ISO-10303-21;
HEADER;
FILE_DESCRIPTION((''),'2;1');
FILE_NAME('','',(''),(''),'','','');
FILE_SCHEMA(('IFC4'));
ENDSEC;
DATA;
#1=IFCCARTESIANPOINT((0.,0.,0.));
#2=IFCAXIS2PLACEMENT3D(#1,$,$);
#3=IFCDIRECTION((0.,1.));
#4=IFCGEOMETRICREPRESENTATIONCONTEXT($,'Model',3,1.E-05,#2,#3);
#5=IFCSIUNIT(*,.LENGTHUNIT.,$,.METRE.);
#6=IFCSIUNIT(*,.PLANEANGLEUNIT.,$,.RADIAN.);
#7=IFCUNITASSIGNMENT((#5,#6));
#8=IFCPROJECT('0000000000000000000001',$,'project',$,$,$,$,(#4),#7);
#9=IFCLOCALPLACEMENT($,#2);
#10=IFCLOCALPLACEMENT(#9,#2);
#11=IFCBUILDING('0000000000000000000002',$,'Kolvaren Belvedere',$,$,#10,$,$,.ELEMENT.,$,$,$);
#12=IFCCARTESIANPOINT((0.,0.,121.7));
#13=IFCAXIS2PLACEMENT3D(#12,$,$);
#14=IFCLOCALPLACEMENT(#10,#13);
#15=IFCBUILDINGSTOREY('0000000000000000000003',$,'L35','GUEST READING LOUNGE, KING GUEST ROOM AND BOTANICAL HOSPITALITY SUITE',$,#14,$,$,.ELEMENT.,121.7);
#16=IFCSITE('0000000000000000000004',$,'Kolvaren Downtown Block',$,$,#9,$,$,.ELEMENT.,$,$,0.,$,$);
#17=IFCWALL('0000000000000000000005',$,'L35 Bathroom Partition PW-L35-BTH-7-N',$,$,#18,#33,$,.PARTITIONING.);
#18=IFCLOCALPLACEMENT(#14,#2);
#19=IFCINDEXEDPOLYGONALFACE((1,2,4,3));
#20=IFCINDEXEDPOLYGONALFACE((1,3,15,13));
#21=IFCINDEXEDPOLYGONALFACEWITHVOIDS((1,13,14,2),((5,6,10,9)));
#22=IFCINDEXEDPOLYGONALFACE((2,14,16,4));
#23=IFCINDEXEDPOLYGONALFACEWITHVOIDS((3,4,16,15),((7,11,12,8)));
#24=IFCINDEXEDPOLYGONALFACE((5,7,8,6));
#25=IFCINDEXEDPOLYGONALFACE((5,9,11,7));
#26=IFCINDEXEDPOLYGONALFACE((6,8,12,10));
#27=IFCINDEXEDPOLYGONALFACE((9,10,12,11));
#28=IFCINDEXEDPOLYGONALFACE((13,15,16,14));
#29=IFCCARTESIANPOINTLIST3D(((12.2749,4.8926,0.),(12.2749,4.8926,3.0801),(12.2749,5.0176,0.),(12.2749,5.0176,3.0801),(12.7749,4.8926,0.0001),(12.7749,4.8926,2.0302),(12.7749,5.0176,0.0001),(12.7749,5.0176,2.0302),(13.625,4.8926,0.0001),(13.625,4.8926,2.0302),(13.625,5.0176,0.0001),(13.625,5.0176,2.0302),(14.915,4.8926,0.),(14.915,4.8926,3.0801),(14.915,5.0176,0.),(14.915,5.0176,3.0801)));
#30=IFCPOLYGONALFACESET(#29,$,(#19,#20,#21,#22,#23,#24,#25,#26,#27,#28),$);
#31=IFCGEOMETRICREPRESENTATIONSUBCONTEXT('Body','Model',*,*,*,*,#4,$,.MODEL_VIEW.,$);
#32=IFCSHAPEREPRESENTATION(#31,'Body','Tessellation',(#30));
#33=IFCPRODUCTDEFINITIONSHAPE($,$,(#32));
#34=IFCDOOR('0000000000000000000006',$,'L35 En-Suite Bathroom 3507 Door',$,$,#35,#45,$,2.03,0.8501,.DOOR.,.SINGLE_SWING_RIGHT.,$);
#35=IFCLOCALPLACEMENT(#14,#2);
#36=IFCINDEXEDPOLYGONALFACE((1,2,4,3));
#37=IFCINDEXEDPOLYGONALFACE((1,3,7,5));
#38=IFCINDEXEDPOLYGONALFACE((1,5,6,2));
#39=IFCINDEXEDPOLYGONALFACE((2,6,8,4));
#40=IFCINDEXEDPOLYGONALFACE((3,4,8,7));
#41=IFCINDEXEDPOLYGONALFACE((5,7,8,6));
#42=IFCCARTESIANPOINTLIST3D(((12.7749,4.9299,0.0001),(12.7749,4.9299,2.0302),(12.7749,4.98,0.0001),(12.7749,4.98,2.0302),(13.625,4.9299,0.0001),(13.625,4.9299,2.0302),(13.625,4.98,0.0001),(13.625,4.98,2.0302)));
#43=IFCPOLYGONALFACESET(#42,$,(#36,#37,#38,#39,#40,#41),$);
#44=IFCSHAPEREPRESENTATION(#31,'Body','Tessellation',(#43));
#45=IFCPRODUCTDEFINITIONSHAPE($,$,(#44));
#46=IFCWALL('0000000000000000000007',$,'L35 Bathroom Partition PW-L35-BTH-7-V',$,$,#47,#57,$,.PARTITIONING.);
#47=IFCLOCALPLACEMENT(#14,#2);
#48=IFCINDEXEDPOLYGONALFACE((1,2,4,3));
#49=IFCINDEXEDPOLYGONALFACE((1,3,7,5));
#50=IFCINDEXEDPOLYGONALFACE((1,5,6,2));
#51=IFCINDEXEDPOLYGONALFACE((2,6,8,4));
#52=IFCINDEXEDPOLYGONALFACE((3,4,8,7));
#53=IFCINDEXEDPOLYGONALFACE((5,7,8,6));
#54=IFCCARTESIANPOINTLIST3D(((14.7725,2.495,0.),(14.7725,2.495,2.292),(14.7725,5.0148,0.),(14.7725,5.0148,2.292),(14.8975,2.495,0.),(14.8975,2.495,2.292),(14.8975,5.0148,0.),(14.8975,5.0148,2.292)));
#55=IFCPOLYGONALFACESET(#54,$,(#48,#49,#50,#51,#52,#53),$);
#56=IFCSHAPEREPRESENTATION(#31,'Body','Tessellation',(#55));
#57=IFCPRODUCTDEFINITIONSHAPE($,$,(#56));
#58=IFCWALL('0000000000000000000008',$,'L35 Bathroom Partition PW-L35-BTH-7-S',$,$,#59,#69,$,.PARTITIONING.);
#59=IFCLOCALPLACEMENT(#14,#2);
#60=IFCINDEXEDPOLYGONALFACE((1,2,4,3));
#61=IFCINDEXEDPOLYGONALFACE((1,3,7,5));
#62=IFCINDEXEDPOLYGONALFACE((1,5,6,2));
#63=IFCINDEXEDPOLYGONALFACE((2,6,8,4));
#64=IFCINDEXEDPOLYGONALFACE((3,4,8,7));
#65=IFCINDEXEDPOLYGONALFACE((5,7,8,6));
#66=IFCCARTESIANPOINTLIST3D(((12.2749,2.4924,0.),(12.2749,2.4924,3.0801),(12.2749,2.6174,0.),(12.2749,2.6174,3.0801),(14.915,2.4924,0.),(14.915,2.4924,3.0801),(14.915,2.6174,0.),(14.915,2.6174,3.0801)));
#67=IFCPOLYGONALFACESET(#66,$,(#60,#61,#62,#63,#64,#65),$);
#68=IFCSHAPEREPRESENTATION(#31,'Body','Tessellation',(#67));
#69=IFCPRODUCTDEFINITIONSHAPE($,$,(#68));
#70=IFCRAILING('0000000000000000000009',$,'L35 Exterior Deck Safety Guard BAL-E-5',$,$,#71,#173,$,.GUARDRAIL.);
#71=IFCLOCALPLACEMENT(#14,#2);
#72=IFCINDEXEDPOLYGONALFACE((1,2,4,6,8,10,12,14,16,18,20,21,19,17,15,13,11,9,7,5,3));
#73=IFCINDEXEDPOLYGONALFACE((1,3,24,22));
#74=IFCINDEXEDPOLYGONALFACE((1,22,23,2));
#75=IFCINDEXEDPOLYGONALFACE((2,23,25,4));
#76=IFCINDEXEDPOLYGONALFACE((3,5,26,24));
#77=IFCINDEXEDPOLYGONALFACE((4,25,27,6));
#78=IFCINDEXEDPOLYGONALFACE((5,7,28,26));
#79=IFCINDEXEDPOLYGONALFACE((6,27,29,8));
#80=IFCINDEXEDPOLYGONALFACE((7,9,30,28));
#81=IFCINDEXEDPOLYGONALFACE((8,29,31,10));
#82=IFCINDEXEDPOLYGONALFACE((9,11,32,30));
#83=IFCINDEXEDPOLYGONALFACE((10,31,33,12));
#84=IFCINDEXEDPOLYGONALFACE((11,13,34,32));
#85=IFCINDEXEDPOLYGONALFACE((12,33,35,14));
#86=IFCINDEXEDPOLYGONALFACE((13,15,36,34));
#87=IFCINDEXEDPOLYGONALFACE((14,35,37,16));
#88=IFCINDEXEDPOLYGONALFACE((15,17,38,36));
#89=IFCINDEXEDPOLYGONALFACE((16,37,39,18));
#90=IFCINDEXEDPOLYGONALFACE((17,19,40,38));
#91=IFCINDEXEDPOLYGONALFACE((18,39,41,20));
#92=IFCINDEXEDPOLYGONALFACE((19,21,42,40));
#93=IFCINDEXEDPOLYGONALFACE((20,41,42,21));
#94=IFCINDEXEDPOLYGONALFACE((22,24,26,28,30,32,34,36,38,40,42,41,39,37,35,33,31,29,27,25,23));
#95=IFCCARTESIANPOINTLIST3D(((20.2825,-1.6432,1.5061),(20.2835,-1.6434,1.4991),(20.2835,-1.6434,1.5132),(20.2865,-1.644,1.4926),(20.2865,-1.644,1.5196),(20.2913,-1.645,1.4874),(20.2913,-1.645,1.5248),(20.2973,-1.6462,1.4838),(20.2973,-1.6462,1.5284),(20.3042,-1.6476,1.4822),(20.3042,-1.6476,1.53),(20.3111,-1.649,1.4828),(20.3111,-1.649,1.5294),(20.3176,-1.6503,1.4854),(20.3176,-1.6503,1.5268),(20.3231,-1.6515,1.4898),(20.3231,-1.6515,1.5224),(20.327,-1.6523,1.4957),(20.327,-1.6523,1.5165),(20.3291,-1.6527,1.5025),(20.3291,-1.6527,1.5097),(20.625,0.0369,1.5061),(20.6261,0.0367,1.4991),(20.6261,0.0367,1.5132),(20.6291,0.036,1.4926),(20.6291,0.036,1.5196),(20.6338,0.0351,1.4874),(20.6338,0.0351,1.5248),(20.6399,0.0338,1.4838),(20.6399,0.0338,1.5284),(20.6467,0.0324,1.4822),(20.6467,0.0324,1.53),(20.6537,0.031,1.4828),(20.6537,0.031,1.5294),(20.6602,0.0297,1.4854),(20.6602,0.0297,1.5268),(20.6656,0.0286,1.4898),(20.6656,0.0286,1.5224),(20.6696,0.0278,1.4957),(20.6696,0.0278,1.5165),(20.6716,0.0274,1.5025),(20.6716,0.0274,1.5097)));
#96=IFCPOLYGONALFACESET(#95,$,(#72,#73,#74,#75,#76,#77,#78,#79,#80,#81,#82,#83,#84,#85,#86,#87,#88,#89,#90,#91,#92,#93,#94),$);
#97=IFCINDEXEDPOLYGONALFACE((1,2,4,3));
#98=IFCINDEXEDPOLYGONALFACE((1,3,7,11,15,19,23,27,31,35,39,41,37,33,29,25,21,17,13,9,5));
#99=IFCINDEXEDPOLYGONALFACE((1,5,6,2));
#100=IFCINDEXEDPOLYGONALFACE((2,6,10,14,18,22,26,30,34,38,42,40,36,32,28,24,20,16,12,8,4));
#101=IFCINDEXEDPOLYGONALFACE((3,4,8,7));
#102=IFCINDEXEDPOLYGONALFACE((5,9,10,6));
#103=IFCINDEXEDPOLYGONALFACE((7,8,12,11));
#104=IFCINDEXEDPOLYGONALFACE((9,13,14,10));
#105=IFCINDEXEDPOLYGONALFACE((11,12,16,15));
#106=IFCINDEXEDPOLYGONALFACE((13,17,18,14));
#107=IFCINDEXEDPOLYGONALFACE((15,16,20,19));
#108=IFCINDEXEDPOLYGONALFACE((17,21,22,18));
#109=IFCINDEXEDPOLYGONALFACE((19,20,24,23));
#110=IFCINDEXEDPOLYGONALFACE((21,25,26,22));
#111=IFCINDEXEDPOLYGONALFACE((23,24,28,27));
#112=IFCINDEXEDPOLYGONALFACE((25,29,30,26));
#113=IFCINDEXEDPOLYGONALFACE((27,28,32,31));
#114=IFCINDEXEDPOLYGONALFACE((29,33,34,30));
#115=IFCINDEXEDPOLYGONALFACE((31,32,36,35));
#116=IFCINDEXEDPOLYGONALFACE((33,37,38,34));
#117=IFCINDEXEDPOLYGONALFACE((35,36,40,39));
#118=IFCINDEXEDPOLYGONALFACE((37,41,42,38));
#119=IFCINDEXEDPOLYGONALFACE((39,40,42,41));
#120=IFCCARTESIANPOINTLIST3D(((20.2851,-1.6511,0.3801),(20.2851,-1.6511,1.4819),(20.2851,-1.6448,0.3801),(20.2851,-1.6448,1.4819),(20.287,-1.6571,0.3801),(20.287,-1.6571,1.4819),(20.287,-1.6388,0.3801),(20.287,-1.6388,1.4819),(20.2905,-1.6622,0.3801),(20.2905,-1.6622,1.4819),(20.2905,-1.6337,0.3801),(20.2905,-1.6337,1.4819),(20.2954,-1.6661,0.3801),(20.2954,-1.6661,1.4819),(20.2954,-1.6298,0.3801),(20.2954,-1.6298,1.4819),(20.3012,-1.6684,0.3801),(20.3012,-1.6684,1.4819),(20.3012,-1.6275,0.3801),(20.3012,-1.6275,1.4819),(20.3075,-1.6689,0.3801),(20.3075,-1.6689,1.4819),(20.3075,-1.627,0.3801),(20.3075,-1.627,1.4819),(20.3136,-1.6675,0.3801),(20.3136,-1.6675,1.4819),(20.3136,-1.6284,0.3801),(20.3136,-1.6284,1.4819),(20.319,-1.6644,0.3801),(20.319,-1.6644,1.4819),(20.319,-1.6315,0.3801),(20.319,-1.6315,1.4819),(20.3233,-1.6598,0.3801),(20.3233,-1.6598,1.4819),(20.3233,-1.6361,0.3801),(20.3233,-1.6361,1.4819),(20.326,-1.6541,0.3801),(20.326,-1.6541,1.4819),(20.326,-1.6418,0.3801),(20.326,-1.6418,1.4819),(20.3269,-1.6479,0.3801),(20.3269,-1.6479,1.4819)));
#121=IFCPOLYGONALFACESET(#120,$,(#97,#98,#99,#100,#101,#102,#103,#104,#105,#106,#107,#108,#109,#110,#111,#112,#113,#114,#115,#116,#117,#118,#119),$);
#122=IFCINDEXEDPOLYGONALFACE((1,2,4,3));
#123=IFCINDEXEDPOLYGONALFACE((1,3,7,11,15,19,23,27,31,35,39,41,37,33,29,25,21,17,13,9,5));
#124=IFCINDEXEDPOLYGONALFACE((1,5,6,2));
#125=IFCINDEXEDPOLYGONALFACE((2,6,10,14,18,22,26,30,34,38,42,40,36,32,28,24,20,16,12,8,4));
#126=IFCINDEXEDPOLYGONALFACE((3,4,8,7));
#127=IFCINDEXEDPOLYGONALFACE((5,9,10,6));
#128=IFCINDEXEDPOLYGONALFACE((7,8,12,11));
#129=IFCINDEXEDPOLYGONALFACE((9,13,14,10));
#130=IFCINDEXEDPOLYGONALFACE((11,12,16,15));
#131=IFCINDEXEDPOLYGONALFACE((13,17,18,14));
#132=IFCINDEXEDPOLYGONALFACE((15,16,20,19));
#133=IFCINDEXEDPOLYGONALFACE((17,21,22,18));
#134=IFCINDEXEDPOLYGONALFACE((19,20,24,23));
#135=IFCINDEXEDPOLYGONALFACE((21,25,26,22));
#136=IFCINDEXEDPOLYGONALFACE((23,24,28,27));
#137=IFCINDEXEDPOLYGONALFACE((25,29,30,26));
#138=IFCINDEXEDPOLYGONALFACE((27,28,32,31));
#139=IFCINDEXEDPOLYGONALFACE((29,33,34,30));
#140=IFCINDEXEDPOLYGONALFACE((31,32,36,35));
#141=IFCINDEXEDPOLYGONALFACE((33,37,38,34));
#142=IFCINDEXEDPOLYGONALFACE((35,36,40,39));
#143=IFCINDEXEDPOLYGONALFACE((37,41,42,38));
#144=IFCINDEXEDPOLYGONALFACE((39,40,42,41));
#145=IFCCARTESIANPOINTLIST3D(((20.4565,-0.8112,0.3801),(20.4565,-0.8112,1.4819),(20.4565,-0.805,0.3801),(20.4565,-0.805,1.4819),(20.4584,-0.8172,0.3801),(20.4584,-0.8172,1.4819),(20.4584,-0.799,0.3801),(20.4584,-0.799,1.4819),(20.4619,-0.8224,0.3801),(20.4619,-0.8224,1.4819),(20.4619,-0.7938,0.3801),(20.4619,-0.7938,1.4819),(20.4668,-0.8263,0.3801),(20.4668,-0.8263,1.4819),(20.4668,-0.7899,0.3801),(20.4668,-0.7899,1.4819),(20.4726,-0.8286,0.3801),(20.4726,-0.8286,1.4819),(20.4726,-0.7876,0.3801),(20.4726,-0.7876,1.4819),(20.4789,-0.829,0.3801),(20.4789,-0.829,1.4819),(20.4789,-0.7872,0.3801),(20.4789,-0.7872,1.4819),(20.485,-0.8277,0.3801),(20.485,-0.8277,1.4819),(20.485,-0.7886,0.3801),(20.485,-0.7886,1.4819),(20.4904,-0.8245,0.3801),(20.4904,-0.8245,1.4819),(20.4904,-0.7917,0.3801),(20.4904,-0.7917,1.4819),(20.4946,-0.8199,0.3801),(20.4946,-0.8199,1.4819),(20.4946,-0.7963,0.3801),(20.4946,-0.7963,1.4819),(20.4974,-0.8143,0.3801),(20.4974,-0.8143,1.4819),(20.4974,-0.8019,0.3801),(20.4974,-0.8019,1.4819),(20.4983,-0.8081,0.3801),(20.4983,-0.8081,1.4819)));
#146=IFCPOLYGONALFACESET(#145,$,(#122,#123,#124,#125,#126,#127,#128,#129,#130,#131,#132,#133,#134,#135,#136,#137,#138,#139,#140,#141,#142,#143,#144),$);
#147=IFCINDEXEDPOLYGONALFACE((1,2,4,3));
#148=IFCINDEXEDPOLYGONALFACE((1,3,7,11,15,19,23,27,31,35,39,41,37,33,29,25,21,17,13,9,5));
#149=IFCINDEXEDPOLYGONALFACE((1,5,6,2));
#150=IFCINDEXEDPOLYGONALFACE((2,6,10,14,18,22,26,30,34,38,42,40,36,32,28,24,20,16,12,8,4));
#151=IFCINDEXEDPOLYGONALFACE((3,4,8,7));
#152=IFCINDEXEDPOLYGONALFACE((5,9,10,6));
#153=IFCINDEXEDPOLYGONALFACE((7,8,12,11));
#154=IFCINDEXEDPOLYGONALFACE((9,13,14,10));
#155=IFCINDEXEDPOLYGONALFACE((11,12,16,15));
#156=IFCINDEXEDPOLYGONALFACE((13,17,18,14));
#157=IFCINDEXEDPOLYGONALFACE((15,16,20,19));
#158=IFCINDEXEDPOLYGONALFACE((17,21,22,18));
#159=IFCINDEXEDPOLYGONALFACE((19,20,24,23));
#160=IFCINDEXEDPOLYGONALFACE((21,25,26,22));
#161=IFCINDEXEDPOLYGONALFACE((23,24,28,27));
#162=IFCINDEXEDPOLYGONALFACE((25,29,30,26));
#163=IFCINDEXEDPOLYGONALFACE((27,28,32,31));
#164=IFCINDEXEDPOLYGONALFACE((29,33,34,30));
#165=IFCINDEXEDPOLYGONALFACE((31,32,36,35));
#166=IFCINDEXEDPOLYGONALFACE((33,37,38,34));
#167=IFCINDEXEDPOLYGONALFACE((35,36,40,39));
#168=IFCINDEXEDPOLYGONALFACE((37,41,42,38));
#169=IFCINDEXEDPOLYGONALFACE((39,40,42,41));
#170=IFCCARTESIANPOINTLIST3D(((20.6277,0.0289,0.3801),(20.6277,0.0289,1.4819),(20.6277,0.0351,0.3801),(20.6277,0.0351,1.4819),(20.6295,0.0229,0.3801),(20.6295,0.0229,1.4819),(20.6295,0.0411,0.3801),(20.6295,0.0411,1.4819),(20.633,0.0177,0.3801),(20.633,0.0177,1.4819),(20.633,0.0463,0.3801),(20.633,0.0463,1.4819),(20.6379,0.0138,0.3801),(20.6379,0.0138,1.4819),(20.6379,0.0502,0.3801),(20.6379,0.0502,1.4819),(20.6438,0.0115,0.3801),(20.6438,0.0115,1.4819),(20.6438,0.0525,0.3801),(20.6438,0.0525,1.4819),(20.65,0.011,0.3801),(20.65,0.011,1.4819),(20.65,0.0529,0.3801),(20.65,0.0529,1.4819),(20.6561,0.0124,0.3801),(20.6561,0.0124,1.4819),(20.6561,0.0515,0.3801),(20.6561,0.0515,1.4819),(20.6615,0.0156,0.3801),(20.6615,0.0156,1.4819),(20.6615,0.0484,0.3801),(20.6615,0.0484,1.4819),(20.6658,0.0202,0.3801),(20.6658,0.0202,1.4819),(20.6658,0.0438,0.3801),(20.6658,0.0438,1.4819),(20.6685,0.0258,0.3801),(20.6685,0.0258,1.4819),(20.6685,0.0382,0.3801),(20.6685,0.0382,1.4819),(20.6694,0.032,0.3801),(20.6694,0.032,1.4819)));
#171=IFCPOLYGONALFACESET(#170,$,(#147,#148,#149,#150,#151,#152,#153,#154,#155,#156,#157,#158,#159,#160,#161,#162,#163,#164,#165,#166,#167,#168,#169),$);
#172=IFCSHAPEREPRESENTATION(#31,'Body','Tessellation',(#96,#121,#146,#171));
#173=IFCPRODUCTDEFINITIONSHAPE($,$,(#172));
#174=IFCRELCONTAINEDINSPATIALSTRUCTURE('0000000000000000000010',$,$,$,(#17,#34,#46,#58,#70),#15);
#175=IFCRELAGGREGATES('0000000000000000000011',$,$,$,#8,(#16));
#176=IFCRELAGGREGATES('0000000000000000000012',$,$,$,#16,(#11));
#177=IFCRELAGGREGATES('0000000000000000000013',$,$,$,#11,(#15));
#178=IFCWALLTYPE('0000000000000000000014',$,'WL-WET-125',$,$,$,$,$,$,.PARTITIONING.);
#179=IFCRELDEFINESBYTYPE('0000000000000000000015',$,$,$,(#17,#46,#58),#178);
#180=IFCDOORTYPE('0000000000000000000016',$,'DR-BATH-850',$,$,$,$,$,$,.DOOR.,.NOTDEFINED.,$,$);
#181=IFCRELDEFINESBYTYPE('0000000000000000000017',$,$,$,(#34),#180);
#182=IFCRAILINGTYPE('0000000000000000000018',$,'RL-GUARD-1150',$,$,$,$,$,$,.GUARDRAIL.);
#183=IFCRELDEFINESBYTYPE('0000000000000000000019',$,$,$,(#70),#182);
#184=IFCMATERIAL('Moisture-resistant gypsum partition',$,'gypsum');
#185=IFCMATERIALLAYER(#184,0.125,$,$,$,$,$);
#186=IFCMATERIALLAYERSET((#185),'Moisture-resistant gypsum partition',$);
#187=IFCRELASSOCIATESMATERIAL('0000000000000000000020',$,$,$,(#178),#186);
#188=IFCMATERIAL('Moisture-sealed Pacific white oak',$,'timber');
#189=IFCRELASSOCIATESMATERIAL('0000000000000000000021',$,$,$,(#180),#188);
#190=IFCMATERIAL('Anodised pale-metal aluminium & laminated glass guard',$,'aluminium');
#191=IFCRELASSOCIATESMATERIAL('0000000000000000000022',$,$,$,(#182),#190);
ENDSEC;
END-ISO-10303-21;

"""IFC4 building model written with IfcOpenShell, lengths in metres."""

from ifc_helpers import new_model, si_unit, direction, frame, frame_2d, origin, origin_2d, place, context, subcontext, project, spatial, rectangle, circle, extrude, material, layer, layer_set, type_object, element, fill, save


model = new_model("IFC4")

# Units and contexts
model_context = context("Model", 3, precision=1e-05, world=origin(), true_north=direction((0.0, 1.0)))
body_context = subcontext(model_context, "Body", "Model", "MODEL_VIEW")
ifc_project = project(units=[si_unit("LENGTHUNIT", "METRE"), si_unit("PLANEANGLEUNIT", "RADIAN")], contexts=[model_context])

# Site, building, storey
site_placement = place(None, origin())
site = spatial("IfcSite", under=ifc_project, at=site_placement, Name="Kolvaren Downtown Block", CompositionType="ELEMENT", RefElevation=0.0)
building_placement = place(site_placement, origin())
building = spatial("IfcBuilding", under=site, at=building_placement, Name="Kolvaren Belvedere", CompositionType="ELEMENT")
storey_placement = place(building_placement, frame((0.0, 0.0, 121.7)))
storey = spatial("IfcBuildingStorey", under=building, at=storey_placement, Name="L35", Description="GUEST READING LOUNGE, KING GUEST ROOM AND BOTANICAL HOSPITALITY SUITE", CompositionType="ELEMENT", Elevation=121.7)

# Wall, opening, door
ifc_material_1 = material(Name="Moisture-resistant gypsum partition", Category="gypsum")
ifc_layer_1 = layer(ifc_material_1, 0.125)
ifc_layer_set_1 = layer_set([ifc_layer_1], Name="Moisture-resistant gypsum partition")
wall_type_1 = type_object("IfcWallType", Name="WL-WET-125", PredefinedType="PARTITIONING", material=ifc_layer_set_1)
wall_1_placement = place(storey_placement, frame((12.2749, 4.9551, 0.0), z_axis=(0.0, 0.0, 1.0), x_axis=(1.0, 0.0, 0.0)))
wall_1 = element("IfcWall", 1, at=wall_1_placement, inside=storey, type_object=wall_type_1, Name="L35 Bathroom Partition PW-L35-BTH-7-N", PredefinedType="PARTITIONING", context=body_context, shape_type="SweptSolid", body=[
    extrude(rectangle(XDim=2.6401, YDim=0.125, at=frame_2d((1.3201, 0.0))), origin(), (0.0, 0.0, 1.0), 3.0801),
])
opening_1_placement = place(wall_1_placement, frame((0.5, 0.0, 0.0)))
opening_1 = element("IfcOpeningElement", 2, at=opening_1_placement, cuts=wall_1, PredefinedType="OPENING", context=body_context, shape_type="SweptSolid", body=[
    extrude(rectangle(XDim=0.8501, YDim=2.03, at=frame_2d((0.425, 1.0151))), frame((0.0, 0.0725, 0.0), z_axis=(0.0, -1.0, 0.0), x_axis=(1.0, 0.0, 0.0)), (0.0, 0.0, 1.0), 0.145),
])
ifc_material_2 = material(Name="Moisture-sealed Pacific white oak", Category="timber")
door_type_1 = type_object("IfcDoorType", Name="DR-BATH-850", OperationType="NOTDEFINED", PredefinedType="DOOR", material=ifc_material_2)
door_1_placement = place(opening_1_placement, origin())
door_1 = element("IfcDoor", 3, at=door_1_placement, inside=storey, type_object=door_type_1, Name="L35 En-Suite Bathroom 3507 Door", OperationType="SINGLE_SWING_RIGHT", OverallHeight=2.03, OverallWidth=0.8501, PredefinedType="DOOR", context=body_context, shape_type="SweptSolid", body=[
    extrude(rectangle(XDim=0.8501, YDim=2.03, at=frame_2d((0.425, 1.0151))), frame((0.0, 0.0249, 0.0), z_axis=(0.0, -1.0, 0.0), x_axis=(1.0, 0.0, 0.0)), (0.0, 0.0, 1.0), 0.05),
])
fill(opening_1, door_1)

# Walls
wall_2_placement = place(storey_placement, frame((14.835, 2.4951, 0.0), z_axis=(0.0, 0.0, 1.0), x_axis=(0.0, 1.0, 0.0)))
element("IfcWall", 4, at=wall_2_placement, inside=storey, type_object=wall_type_1, Name="L35 Bathroom Partition PW-L35-BTH-7-V", PredefinedType="PARTITIONING", context=body_context, shape_type="SweptSolid", body=[
    extrude(rectangle(XDim=2.5198, YDim=0.125, at=frame_2d((1.2598, 0.0))), origin(), (0.0, 0.0, 1.0), 2.292),
])
wall_3_placement = place(storey_placement, frame((12.2749, 2.5549, 0.0), z_axis=(0.0, 0.0, 1.0), x_axis=(1.0, 0.0, 0.0)))
element("IfcWall", 5, at=wall_3_placement, inside=storey, type_object=wall_type_1, Name="L35 Bathroom Partition PW-L35-BTH-7-S", PredefinedType="PARTITIONING", context=body_context, shape_type="SweptSolid", body=[
    extrude(rectangle(XDim=2.6401, YDim=0.125, at=frame_2d((1.3201, 0.0))), origin(), (0.0, 0.0, 1.0), 3.0801),
])

# Railing
ifc_material_3 = material(Name="Anodised pale-metal aluminium & laminated glass guard", Category="aluminium")
railing_type = type_object("IfcRailingType", Name="RL-GUARD-1150", PredefinedType="GUARDRAIL", material=ifc_material_3)
railing_1_placement = place(storey_placement, frame((20.3059, -1.6479, 0.3801)))
element("IfcRailing", 6, at=railing_1_placement, inside=storey, type_object=railing_type, Name="L35 Exterior Deck Safety Guard BAL-E-5", PredefinedType="GUARDRAIL", context=body_context, shape_type="SweptSolid", body=[
    extrude(circle(Radius=0.0239, at=origin_2d()), frame((0.0, 0.0, 1.126), z_axis=(0.199784, 0.97984, 0.0), x_axis=(-0.97984, 0.199784, 0.0)), (0.0, 0.0, 1.0), 1.7146),
    extrude(circle(Radius=0.021, at=origin_2d()), origin(), (0.0, 0.0, 1.0), 1.1018),
    extrude(circle(Radius=0.021, at=origin_2d()), frame((0.1714, 0.8398, 0.0)), (0.0, 0.0, 1.0), 1.1018),
    extrude(circle(Radius=0.021, at=origin_2d()), frame((0.3425, 1.6799, 0.0)), (0.0, 0.0, 1.0), 1.1018),
])

save(model, "model.ifc")
